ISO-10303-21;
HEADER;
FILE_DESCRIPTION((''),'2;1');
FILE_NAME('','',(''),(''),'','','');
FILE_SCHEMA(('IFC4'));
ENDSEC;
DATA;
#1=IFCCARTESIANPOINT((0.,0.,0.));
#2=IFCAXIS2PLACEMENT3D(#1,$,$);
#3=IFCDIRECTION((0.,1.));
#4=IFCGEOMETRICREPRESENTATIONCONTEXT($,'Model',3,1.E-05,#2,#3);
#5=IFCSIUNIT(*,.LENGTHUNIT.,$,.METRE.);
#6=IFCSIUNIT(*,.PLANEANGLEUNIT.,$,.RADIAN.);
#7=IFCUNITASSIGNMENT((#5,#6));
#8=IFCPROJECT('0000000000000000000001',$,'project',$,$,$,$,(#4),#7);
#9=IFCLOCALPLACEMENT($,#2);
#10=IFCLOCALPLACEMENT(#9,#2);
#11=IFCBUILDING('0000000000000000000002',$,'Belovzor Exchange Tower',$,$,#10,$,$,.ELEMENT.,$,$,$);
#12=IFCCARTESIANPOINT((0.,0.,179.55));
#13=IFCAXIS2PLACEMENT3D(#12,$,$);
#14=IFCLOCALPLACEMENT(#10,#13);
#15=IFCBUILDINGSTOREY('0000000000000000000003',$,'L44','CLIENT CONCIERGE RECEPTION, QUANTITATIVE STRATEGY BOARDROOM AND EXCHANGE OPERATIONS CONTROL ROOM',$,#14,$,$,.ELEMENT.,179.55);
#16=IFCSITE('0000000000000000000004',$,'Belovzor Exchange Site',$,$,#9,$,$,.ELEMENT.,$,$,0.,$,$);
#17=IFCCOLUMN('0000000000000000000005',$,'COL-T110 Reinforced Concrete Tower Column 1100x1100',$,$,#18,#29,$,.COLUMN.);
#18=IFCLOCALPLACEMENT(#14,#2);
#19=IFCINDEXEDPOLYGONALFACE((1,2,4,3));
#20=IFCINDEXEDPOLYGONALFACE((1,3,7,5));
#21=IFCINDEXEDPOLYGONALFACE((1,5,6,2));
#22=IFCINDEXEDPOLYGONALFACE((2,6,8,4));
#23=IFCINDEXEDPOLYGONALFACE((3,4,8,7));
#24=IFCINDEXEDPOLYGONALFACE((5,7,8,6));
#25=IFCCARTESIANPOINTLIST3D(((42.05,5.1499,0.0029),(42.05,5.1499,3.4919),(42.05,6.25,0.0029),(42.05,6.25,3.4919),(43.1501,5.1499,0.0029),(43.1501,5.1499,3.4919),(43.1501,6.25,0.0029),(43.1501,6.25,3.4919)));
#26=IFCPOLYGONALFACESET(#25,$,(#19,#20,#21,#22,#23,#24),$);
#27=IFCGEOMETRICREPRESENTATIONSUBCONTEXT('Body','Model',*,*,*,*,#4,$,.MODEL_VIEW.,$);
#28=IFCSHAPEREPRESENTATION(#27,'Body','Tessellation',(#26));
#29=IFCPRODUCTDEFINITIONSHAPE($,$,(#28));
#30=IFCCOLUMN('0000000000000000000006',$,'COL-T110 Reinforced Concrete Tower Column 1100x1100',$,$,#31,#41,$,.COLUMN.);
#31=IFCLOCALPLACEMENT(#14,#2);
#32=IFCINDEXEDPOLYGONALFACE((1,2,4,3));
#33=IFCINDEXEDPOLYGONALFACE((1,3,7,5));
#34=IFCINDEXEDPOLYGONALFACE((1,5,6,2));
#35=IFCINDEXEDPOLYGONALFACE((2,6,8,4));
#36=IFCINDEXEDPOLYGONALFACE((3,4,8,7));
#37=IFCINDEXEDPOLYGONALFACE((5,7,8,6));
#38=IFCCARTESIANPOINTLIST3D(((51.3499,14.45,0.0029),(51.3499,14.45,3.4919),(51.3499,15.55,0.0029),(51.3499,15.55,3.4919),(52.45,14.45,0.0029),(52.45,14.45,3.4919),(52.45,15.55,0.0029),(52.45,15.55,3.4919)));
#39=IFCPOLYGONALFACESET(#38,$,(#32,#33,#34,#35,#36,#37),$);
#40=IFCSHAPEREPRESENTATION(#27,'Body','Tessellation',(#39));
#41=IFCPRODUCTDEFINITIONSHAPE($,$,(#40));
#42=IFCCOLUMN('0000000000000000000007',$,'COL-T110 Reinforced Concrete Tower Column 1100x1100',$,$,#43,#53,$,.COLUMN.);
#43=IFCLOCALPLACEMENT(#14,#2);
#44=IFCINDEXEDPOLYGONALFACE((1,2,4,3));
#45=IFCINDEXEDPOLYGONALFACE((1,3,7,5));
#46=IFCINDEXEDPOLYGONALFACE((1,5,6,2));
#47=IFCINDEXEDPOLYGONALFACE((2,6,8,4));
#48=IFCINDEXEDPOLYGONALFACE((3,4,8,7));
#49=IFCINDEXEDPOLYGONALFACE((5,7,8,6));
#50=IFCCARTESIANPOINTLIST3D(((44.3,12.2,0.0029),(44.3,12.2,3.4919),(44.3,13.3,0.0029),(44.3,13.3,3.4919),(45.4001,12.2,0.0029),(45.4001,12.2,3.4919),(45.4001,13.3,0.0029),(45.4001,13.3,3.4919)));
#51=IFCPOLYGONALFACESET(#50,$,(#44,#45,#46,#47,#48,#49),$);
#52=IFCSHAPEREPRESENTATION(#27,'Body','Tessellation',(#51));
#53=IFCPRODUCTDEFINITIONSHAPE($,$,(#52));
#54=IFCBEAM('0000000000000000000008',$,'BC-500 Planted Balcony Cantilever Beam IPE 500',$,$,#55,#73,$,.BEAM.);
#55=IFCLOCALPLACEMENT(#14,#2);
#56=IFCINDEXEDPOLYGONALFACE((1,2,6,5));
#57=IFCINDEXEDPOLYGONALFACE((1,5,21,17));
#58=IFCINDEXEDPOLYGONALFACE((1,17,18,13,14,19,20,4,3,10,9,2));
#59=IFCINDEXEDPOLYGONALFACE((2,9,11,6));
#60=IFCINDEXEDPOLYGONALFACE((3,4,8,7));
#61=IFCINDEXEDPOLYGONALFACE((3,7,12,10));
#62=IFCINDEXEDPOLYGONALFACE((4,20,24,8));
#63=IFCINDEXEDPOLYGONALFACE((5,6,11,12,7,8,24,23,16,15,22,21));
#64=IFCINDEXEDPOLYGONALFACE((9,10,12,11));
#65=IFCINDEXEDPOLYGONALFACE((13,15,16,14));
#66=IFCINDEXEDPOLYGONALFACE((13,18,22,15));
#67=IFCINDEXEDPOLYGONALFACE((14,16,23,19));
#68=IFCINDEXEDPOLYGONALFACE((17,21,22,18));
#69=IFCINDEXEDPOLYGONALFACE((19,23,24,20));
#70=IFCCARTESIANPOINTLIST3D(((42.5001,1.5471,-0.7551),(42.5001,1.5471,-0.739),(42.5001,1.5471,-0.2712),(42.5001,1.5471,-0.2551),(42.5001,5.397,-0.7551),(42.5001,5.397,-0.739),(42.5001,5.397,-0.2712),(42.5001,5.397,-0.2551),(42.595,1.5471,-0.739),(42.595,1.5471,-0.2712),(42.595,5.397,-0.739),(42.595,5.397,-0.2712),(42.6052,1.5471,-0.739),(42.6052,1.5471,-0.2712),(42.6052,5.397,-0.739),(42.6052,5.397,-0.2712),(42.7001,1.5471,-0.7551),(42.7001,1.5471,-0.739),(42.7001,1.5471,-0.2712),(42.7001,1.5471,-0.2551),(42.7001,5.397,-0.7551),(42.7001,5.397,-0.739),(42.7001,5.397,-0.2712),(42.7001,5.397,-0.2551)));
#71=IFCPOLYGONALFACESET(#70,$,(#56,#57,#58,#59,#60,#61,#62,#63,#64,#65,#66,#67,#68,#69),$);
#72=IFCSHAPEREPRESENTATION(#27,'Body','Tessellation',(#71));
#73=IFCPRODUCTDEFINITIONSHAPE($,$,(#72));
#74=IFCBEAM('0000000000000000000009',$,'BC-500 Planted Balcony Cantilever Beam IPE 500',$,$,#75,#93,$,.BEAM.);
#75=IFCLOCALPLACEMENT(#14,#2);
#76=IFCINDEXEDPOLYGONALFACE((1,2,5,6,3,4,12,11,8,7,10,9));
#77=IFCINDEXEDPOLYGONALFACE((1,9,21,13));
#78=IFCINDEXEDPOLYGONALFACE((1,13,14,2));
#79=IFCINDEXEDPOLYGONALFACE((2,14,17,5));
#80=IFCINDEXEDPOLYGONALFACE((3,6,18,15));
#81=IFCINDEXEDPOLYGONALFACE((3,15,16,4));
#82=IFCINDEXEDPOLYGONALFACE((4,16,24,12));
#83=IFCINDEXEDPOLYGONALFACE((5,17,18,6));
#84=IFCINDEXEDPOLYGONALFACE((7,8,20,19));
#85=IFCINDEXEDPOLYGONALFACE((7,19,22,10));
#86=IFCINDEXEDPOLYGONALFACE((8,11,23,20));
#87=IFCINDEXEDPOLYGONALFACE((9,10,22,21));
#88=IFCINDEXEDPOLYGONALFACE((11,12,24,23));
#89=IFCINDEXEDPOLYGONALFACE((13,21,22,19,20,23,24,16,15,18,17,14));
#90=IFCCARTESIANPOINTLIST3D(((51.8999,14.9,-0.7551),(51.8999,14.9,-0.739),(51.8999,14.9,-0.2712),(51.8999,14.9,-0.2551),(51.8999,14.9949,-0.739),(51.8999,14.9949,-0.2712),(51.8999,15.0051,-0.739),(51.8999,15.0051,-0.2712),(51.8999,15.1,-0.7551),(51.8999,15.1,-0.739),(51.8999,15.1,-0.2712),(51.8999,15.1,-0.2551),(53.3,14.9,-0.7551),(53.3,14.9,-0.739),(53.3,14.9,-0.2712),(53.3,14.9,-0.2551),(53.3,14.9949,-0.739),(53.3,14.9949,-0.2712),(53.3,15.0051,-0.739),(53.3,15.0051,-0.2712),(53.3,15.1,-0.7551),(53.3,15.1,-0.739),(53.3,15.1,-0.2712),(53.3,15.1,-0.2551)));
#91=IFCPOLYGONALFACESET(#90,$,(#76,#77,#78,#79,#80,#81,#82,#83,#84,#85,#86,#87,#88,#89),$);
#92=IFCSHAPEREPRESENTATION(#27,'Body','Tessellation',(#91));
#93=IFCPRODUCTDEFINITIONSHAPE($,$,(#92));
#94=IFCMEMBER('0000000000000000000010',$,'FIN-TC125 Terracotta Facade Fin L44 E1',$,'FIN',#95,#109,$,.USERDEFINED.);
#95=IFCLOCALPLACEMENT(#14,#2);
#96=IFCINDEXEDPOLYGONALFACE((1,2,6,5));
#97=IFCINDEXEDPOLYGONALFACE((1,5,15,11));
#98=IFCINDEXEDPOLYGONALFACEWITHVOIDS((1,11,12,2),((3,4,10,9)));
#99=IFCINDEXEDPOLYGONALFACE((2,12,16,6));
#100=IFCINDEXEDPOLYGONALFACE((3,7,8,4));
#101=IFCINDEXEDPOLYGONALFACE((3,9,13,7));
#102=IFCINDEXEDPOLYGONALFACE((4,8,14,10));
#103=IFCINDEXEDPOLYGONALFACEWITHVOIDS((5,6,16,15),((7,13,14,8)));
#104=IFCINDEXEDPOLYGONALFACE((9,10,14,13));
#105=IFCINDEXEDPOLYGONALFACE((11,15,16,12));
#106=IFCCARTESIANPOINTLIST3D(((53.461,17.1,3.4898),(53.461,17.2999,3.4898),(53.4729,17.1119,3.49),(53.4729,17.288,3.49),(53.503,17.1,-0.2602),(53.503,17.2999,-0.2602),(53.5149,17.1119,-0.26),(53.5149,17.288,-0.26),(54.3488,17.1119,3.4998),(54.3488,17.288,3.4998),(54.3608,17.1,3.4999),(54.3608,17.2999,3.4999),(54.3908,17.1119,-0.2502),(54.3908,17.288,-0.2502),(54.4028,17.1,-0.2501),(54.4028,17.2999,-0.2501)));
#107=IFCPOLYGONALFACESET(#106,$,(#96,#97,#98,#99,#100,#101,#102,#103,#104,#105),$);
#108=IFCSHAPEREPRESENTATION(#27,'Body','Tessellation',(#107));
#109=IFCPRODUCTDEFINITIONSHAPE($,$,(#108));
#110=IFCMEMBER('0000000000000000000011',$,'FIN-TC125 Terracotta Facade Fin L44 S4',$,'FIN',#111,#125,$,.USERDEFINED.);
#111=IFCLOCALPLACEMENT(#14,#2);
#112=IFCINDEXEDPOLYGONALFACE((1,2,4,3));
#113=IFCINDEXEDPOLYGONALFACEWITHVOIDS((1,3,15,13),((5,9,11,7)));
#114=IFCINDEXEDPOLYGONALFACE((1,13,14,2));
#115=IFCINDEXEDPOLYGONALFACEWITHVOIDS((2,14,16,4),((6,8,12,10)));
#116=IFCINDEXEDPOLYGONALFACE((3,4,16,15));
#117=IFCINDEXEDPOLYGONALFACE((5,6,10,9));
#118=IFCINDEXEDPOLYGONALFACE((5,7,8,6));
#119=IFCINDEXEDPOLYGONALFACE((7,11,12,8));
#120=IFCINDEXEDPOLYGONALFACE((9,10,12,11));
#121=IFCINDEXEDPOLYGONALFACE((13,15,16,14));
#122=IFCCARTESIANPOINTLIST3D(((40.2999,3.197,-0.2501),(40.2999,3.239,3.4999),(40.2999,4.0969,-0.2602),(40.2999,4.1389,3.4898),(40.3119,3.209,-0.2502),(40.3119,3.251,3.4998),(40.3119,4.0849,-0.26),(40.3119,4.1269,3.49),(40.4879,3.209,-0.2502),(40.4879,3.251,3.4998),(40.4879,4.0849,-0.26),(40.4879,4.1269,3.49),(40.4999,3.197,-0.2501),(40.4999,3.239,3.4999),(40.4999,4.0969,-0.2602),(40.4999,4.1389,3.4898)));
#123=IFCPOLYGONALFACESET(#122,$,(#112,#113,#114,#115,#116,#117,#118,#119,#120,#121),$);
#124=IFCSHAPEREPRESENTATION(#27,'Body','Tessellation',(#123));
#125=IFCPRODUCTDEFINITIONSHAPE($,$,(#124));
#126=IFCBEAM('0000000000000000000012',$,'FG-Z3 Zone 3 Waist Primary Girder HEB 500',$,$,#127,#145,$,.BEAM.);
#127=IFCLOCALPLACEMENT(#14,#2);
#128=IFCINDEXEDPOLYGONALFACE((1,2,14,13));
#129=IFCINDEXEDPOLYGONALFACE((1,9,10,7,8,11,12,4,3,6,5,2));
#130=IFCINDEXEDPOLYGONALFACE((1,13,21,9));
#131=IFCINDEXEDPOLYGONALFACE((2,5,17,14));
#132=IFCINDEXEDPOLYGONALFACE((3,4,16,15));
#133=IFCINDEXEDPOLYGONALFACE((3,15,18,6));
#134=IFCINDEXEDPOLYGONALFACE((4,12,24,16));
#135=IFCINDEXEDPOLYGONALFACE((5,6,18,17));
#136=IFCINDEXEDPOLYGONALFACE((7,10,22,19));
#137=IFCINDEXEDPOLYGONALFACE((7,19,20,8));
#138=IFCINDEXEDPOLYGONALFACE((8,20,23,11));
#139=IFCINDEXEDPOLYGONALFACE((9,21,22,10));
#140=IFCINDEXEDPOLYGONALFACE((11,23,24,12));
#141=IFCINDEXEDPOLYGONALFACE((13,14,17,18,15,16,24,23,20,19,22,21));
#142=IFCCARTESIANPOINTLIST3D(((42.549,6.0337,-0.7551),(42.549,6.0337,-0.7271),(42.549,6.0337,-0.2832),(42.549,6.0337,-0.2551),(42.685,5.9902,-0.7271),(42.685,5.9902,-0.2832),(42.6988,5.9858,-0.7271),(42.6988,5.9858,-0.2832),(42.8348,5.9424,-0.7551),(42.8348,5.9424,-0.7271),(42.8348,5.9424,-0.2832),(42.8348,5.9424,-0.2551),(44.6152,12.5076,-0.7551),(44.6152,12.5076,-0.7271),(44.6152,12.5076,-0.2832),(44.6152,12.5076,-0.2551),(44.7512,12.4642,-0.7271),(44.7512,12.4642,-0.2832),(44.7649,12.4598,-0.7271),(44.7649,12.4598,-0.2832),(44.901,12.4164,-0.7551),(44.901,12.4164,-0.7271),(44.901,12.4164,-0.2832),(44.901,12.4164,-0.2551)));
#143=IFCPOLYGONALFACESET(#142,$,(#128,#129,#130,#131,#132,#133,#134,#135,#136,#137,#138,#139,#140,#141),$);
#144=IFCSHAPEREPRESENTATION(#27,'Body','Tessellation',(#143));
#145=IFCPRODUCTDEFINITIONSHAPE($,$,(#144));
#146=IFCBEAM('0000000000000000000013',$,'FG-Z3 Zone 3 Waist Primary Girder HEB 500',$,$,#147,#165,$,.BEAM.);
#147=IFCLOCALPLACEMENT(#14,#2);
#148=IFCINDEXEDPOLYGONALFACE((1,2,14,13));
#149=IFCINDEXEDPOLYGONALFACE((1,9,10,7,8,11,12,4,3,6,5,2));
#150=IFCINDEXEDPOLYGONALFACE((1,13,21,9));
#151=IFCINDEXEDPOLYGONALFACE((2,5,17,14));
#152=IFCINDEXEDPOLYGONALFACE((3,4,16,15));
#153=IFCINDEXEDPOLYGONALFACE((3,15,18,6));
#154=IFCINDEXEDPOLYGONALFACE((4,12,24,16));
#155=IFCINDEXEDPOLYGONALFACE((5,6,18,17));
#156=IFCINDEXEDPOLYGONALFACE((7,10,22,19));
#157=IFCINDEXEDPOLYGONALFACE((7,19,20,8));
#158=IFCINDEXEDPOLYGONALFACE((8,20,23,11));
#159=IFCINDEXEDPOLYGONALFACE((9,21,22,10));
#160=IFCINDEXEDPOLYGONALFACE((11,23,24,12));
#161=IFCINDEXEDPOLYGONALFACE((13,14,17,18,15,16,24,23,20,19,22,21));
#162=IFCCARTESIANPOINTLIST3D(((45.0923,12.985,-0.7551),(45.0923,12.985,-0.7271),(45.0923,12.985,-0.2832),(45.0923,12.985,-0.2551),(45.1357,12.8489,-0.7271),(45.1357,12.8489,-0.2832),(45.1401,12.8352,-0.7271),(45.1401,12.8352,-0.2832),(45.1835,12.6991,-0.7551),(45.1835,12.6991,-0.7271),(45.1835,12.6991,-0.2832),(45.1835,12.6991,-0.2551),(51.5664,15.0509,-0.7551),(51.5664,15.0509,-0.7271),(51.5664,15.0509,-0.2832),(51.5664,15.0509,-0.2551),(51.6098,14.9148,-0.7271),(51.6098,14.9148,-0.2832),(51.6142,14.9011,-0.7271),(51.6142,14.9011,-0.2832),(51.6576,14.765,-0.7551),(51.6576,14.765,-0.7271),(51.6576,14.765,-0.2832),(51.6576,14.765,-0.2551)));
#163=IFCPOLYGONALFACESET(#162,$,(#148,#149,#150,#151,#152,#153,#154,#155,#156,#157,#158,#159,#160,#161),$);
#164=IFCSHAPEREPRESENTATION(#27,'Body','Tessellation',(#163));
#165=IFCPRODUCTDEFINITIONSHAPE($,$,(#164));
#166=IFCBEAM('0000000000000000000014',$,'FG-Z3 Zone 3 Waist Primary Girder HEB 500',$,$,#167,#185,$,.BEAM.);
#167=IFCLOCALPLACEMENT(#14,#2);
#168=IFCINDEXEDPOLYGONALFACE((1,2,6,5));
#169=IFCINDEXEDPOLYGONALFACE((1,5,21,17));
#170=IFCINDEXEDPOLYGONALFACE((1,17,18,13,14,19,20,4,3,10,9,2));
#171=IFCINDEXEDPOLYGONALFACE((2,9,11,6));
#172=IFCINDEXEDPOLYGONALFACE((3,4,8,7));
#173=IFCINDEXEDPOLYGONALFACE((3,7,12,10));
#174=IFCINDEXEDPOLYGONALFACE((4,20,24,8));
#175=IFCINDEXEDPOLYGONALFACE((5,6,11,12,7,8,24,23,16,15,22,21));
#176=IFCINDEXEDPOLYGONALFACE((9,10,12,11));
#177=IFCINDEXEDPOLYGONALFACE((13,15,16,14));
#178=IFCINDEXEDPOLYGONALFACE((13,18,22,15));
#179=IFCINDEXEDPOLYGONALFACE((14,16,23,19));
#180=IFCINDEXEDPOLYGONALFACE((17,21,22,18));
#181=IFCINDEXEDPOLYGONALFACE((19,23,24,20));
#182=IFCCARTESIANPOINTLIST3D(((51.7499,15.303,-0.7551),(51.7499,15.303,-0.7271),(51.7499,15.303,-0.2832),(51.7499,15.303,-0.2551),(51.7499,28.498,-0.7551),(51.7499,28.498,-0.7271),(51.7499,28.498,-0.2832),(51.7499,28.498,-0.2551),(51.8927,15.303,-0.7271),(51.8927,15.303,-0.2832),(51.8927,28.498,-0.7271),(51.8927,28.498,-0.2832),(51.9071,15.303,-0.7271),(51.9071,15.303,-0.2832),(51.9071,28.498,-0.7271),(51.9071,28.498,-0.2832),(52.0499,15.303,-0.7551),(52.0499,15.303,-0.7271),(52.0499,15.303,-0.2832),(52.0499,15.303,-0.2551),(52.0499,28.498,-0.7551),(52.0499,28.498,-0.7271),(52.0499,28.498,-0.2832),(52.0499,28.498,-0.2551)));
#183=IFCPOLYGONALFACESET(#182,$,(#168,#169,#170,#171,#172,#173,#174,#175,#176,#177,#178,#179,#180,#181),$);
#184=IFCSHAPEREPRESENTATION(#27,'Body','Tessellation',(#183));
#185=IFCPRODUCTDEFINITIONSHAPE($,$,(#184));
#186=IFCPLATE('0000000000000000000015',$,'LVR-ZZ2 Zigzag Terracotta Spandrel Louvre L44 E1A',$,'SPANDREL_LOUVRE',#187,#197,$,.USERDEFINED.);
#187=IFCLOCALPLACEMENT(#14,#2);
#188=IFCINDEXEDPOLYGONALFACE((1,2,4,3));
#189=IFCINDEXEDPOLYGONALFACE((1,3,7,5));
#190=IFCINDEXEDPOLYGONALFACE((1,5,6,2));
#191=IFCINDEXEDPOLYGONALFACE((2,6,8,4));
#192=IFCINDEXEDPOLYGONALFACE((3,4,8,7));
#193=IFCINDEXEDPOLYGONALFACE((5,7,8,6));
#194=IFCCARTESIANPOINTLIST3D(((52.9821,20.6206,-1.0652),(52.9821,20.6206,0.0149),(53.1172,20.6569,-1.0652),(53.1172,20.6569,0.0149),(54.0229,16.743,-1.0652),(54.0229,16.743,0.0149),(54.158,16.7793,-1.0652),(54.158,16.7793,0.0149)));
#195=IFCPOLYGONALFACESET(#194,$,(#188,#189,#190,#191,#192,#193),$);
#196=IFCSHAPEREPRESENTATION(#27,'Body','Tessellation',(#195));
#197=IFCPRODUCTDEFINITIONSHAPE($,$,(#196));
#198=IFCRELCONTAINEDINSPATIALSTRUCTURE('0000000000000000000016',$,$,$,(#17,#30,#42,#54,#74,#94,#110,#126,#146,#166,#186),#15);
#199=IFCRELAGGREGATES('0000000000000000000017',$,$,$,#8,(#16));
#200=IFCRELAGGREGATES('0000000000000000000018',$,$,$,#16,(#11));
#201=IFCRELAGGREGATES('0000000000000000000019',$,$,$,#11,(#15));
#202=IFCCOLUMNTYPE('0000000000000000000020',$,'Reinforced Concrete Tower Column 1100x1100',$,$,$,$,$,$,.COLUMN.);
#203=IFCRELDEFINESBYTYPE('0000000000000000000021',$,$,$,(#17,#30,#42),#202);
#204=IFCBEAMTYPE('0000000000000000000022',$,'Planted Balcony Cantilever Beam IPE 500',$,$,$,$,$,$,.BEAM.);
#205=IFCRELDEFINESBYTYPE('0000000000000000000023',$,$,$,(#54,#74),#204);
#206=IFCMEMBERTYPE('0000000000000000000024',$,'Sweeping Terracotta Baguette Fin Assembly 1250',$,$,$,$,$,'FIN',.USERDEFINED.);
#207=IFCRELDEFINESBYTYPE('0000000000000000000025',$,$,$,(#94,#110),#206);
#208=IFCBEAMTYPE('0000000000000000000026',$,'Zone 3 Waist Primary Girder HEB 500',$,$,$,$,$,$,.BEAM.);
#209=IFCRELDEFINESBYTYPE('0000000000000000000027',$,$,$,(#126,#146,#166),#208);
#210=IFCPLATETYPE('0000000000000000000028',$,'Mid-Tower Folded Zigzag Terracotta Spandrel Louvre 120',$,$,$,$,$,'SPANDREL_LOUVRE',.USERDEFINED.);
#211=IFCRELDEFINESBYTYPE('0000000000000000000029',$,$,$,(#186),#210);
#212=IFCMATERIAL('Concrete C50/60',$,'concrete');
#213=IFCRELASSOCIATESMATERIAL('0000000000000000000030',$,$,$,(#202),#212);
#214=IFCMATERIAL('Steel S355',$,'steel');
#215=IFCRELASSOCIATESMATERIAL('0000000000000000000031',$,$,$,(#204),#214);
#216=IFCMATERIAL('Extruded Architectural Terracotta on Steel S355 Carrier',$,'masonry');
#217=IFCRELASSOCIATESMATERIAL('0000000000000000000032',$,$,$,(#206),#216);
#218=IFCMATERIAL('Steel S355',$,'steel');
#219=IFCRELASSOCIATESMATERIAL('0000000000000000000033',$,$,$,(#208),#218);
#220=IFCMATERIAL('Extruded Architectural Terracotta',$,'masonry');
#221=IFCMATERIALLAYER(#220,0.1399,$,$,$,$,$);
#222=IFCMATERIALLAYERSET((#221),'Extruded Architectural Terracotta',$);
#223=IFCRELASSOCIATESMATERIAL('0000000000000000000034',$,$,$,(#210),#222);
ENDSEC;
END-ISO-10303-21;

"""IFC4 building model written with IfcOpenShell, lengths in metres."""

from ifc_helpers import new_model, si_unit, direction, frame, origin, origin_2d, place, context, subcontext, project, spatial, rectangle, hollow_rectangle, i_section, extrude, material, layer, layer_set, material_profile, profile_set, type_object, element, save


model = new_model("IFC4")

# Units and contexts
model_context = context("Model", 3, precision=1e-05, world=origin(), true_north=direction((0.0, 1.0)))
body_context = subcontext(model_context, "Body", "Model", "MODEL_VIEW")
ifc_project = project(units=[si_unit("LENGTHUNIT", "METRE"), si_unit("PLANEANGLEUNIT", "RADIAN")], contexts=[model_context])

# Site, building, storey
site_placement = place(None, origin())
site = spatial("IfcSite", under=ifc_project, at=site_placement, Name="Belovzor Exchange Site", CompositionType="ELEMENT", RefElevation=0.0)
building_placement = place(site_placement, origin())
building = spatial("IfcBuilding", under=site, at=building_placement, Name="Belovzor Exchange Tower", CompositionType="ELEMENT")
storey_placement = place(building_placement, frame((0.0, 0.0, 179.55)))
storey = spatial("IfcBuildingStorey", under=building, at=storey_placement, Name="L44", Description="CLIENT CONCIERGE RECEPTION, QUANTITATIVE STRATEGY BOARDROOM AND EXCHANGE OPERATIONS CONTROL ROOM", CompositionType="ELEMENT", Elevation=179.55)

# Columns
ifc_material_1 = material(Name="Concrete C50/60", Category="concrete")
ifc_material_profile_1 = material_profile(ifc_material_1, rectangle(XDim=1.1001, YDim=1.1001, at=origin_2d()))
ifc_profile_set_1 = profile_set([ifc_material_profile_1], Name="Concrete C50/60")
column_type = type_object("IfcColumnType", Name="Reinforced Concrete Tower Column 1100x1100", PredefinedType="COLUMN", material=ifc_profile_set_1)
for number, where, z_axis, x_axis, name in (
    (1, (42.6001, 5.7, 0.0029), (0.0, 0.0, 1.0), (1.0, 0.0, 0.0), "COL-T110 Reinforced Concrete Tower Column 1100x1100"),
    (2, (51.8999, 15.0, 0.0029), (0.0, 0.0, 1.0), (1.0, 0.0, 0.0), "COL-T110 Reinforced Concrete Tower Column 1100x1100"),
    (3, (44.8501, 12.75, 0.0029), (0.0, 0.0, 1.0), (1.0, 0.0, 0.0), "COL-T110 Reinforced Concrete Tower Column 1100x1100"),
):
    element("IfcColumn", number, at=place(storey_placement, frame(where, z_axis=z_axis, x_axis=x_axis)), inside=storey, type_object=column_type, Name=name, PredefinedType="COLUMN", context=body_context, shape_type="SweptSolid", body=[
        extrude(rectangle(XDim=1.1001, YDim=1.1001, at=origin_2d()), origin(), (0.0, 0.0, 1.0), 3.489),
    ])

# Beams
ifc_material_2 = material(Name="Steel S355", Category="steel")
ifc_material_profile_2 = material_profile(ifc_material_2, i_section(OverallWidth=0.2, OverallDepth=0.5, WebThickness=0.0103, FlangeThickness=0.0161, at=origin_2d()))
ifc_profile_set_2 = profile_set([ifc_material_profile_2], Name="Steel S355")
beam_type_1 = type_object("IfcBeamType", Name="Planted Balcony Cantilever Beam IPE 500", PredefinedType="BEAM", material=ifc_profile_set_2)
beam_1_placement = place(storey_placement, frame((42.6001, 5.397, -0.5051), z_axis=(0.0, -1.0, 0.0), x_axis=(1.0, 0.0, 0.0)))
element("IfcBeam", 4, at=beam_1_placement, inside=storey, type_object=beam_type_1, Name="BC-500 Planted Balcony Cantilever Beam IPE 500", PredefinedType="BEAM", context=body_context, shape_type="SweptSolid", body=[
    extrude(i_section(OverallWidth=0.2, OverallDepth=0.5, WebThickness=0.0103, FlangeThickness=0.0161, at=origin_2d()), origin(), (0.0, 0.0, 1.0), 3.8499),
])
beam_2_placement = place(storey_placement, frame((51.8999, 15.0, -0.5051), z_axis=(1.0, 0.0, 0.0), x_axis=(0.0, 1.0, 0.0)))
element("IfcBeam", 5, at=beam_2_placement, inside=storey, type_object=beam_type_1, Name="BC-500 Planted Balcony Cantilever Beam IPE 500", PredefinedType="BEAM", context=body_context, shape_type="SweptSolid", body=[
    extrude(i_section(OverallWidth=0.2, OverallDepth=0.5, WebThickness=0.0103, FlangeThickness=0.0161, at=origin_2d()), origin(), (0.0, 0.0, 1.0), 1.4001),
])

# Members
ifc_material_3 = material(Name="Extruded Architectural Terracotta on Steel S355 Carrier", Category="masonry")
ifc_material_profile_3 = material_profile(ifc_material_3, hollow_rectangle(XDim=0.2, YDim=0.8999, WallThickness=0.012, at=origin_2d()))
ifc_profile_set_3 = profile_set([ifc_material_profile_3], Name="Extruded Architectural Terracotta on Steel S355 Carrier")
member_type = type_object("IfcMemberType", Name="Sweeping Terracotta Baguette Fin Assembly 1250", ElementType="FIN", PredefinedType="USERDEFINED", material=ifc_profile_set_3)
for number, where, z_axis, x_axis, name in (
    (6, (53.9529, 17.2, -0.2551), (-0.011197, 0.0, 0.999937), (0.0, -1.0, 0.0), "FIN-TC125 Terracotta Facade Fin L44 E1"),
    (7, (40.3999, 3.647, -0.2551), (0.0, 0.011197, 0.999937), (-1.0, 0.0, 0.0), "FIN-TC125 Terracotta Facade Fin L44 S4"),
):
    element("IfcMember", number, at=place(storey_placement, frame(where, z_axis=z_axis, x_axis=x_axis)), inside=storey, type_object=member_type, Name=name, ObjectType="FIN", PredefinedType="USERDEFINED", context=body_context, shape_type="SweptSolid", body=[
        extrude(hollow_rectangle(XDim=0.2, YDim=0.8999, WallThickness=0.012, at=origin_2d()), origin(), (0.0, 0.0, 1.0), 3.7502),
    ])

# Beams
ifc_material_4 = material(Name="Steel S355", Category="steel")
ifc_material_profile_4 = material_profile(ifc_material_4, i_section(OverallWidth=0.3, OverallDepth=0.5, WebThickness=0.0144, FlangeThickness=0.0281, at=origin_2d()))
ifc_profile_set_4 = profile_set([ifc_material_profile_4], Name="Steel S355")
beam_type_2 = type_object("IfcBeamType", Name="Zone 3 Waist Primary Girder HEB 500", PredefinedType="BEAM", material=ifc_profile_set_4)
for number, where, z_axis, x_axis, name in (
    (8, (42.6919, 5.988, -0.5051), (0.304044, 0.952658, 0.0), (-0.952658, 0.304044, 0.0), "FG-Z3 Zone 3 Waist Primary Girder HEB 500"),
    (9, (45.1379, 12.842, -0.5051), (0.952672, 0.304001, 0.0), (-0.304001, 0.952672, 0.0), "FG-Z3 Zone 3 Waist Primary Girder HEB 500"),
):
    element("IfcBeam", number, at=place(storey_placement, frame(where, z_axis=z_axis, x_axis=x_axis)), inside=storey, type_object=beam_type_2, Name=name, PredefinedType="BEAM", context=body_context, shape_type="SweptSolid", body=[
        extrude(i_section(OverallWidth=0.3, OverallDepth=0.5, WebThickness=0.0144, FlangeThickness=0.0281, at=origin_2d()), origin(), (0.0, 0.0, 1.0), 6.7957),
    ])
beam_3_placement = place(storey_placement, frame((51.8999, 15.303, -0.5051), z_axis=(0.0, 1.0, 0.0), x_axis=(-1.0, 0.0, 0.0)))
element("IfcBeam", 10, at=beam_3_placement, inside=storey, type_object=beam_type_2, Name="FG-Z3 Zone 3 Waist Primary Girder HEB 500", PredefinedType="BEAM", context=body_context, shape_type="SweptSolid", body=[
    extrude(i_section(OverallWidth=0.3, OverallDepth=0.5, WebThickness=0.0144, FlangeThickness=0.0281, at=origin_2d()), origin(), (0.0, 0.0, 1.0), 13.1951),
])

# Plate
ifc_material_5 = material(Name="Extruded Architectural Terracotta", Category="masonry")
ifc_layer_1 = layer(ifc_material_5, 0.1399)
ifc_layer_set_1 = layer_set([ifc_layer_1], Name="Extruded Architectural Terracotta")
plate_type = type_object("IfcPlateType", Name="Mid-Tower Folded Zigzag Terracotta Spandrel Louvre 120", ElementType="SPANDREL_LOUVRE", PredefinedType="USERDEFINED", material=ifc_layer_set_1)
plate_placement = place(storey_placement, frame((53.5701, 18.7, -1.0652), z_axis=(0.0, 0.0, 1.0), x_axis=(-0.25924, 0.965813, 0.0)))
element("IfcPlate", 11, at=plate_placement, inside=storey, type_object=plate_type, Name="LVR-ZZ2 Zigzag Terracotta Spandrel Louvre L44 E1A", ObjectType="SPANDREL_LOUVRE", PredefinedType="USERDEFINED", context=body_context, shape_type="SweptSolid", body=[
    extrude(rectangle(XDim=4.0149, YDim=0.1399, at=origin_2d()), origin(), (0.0, 0.0, 1.0), 1.0801),
])

save(model, "model.ifc")
